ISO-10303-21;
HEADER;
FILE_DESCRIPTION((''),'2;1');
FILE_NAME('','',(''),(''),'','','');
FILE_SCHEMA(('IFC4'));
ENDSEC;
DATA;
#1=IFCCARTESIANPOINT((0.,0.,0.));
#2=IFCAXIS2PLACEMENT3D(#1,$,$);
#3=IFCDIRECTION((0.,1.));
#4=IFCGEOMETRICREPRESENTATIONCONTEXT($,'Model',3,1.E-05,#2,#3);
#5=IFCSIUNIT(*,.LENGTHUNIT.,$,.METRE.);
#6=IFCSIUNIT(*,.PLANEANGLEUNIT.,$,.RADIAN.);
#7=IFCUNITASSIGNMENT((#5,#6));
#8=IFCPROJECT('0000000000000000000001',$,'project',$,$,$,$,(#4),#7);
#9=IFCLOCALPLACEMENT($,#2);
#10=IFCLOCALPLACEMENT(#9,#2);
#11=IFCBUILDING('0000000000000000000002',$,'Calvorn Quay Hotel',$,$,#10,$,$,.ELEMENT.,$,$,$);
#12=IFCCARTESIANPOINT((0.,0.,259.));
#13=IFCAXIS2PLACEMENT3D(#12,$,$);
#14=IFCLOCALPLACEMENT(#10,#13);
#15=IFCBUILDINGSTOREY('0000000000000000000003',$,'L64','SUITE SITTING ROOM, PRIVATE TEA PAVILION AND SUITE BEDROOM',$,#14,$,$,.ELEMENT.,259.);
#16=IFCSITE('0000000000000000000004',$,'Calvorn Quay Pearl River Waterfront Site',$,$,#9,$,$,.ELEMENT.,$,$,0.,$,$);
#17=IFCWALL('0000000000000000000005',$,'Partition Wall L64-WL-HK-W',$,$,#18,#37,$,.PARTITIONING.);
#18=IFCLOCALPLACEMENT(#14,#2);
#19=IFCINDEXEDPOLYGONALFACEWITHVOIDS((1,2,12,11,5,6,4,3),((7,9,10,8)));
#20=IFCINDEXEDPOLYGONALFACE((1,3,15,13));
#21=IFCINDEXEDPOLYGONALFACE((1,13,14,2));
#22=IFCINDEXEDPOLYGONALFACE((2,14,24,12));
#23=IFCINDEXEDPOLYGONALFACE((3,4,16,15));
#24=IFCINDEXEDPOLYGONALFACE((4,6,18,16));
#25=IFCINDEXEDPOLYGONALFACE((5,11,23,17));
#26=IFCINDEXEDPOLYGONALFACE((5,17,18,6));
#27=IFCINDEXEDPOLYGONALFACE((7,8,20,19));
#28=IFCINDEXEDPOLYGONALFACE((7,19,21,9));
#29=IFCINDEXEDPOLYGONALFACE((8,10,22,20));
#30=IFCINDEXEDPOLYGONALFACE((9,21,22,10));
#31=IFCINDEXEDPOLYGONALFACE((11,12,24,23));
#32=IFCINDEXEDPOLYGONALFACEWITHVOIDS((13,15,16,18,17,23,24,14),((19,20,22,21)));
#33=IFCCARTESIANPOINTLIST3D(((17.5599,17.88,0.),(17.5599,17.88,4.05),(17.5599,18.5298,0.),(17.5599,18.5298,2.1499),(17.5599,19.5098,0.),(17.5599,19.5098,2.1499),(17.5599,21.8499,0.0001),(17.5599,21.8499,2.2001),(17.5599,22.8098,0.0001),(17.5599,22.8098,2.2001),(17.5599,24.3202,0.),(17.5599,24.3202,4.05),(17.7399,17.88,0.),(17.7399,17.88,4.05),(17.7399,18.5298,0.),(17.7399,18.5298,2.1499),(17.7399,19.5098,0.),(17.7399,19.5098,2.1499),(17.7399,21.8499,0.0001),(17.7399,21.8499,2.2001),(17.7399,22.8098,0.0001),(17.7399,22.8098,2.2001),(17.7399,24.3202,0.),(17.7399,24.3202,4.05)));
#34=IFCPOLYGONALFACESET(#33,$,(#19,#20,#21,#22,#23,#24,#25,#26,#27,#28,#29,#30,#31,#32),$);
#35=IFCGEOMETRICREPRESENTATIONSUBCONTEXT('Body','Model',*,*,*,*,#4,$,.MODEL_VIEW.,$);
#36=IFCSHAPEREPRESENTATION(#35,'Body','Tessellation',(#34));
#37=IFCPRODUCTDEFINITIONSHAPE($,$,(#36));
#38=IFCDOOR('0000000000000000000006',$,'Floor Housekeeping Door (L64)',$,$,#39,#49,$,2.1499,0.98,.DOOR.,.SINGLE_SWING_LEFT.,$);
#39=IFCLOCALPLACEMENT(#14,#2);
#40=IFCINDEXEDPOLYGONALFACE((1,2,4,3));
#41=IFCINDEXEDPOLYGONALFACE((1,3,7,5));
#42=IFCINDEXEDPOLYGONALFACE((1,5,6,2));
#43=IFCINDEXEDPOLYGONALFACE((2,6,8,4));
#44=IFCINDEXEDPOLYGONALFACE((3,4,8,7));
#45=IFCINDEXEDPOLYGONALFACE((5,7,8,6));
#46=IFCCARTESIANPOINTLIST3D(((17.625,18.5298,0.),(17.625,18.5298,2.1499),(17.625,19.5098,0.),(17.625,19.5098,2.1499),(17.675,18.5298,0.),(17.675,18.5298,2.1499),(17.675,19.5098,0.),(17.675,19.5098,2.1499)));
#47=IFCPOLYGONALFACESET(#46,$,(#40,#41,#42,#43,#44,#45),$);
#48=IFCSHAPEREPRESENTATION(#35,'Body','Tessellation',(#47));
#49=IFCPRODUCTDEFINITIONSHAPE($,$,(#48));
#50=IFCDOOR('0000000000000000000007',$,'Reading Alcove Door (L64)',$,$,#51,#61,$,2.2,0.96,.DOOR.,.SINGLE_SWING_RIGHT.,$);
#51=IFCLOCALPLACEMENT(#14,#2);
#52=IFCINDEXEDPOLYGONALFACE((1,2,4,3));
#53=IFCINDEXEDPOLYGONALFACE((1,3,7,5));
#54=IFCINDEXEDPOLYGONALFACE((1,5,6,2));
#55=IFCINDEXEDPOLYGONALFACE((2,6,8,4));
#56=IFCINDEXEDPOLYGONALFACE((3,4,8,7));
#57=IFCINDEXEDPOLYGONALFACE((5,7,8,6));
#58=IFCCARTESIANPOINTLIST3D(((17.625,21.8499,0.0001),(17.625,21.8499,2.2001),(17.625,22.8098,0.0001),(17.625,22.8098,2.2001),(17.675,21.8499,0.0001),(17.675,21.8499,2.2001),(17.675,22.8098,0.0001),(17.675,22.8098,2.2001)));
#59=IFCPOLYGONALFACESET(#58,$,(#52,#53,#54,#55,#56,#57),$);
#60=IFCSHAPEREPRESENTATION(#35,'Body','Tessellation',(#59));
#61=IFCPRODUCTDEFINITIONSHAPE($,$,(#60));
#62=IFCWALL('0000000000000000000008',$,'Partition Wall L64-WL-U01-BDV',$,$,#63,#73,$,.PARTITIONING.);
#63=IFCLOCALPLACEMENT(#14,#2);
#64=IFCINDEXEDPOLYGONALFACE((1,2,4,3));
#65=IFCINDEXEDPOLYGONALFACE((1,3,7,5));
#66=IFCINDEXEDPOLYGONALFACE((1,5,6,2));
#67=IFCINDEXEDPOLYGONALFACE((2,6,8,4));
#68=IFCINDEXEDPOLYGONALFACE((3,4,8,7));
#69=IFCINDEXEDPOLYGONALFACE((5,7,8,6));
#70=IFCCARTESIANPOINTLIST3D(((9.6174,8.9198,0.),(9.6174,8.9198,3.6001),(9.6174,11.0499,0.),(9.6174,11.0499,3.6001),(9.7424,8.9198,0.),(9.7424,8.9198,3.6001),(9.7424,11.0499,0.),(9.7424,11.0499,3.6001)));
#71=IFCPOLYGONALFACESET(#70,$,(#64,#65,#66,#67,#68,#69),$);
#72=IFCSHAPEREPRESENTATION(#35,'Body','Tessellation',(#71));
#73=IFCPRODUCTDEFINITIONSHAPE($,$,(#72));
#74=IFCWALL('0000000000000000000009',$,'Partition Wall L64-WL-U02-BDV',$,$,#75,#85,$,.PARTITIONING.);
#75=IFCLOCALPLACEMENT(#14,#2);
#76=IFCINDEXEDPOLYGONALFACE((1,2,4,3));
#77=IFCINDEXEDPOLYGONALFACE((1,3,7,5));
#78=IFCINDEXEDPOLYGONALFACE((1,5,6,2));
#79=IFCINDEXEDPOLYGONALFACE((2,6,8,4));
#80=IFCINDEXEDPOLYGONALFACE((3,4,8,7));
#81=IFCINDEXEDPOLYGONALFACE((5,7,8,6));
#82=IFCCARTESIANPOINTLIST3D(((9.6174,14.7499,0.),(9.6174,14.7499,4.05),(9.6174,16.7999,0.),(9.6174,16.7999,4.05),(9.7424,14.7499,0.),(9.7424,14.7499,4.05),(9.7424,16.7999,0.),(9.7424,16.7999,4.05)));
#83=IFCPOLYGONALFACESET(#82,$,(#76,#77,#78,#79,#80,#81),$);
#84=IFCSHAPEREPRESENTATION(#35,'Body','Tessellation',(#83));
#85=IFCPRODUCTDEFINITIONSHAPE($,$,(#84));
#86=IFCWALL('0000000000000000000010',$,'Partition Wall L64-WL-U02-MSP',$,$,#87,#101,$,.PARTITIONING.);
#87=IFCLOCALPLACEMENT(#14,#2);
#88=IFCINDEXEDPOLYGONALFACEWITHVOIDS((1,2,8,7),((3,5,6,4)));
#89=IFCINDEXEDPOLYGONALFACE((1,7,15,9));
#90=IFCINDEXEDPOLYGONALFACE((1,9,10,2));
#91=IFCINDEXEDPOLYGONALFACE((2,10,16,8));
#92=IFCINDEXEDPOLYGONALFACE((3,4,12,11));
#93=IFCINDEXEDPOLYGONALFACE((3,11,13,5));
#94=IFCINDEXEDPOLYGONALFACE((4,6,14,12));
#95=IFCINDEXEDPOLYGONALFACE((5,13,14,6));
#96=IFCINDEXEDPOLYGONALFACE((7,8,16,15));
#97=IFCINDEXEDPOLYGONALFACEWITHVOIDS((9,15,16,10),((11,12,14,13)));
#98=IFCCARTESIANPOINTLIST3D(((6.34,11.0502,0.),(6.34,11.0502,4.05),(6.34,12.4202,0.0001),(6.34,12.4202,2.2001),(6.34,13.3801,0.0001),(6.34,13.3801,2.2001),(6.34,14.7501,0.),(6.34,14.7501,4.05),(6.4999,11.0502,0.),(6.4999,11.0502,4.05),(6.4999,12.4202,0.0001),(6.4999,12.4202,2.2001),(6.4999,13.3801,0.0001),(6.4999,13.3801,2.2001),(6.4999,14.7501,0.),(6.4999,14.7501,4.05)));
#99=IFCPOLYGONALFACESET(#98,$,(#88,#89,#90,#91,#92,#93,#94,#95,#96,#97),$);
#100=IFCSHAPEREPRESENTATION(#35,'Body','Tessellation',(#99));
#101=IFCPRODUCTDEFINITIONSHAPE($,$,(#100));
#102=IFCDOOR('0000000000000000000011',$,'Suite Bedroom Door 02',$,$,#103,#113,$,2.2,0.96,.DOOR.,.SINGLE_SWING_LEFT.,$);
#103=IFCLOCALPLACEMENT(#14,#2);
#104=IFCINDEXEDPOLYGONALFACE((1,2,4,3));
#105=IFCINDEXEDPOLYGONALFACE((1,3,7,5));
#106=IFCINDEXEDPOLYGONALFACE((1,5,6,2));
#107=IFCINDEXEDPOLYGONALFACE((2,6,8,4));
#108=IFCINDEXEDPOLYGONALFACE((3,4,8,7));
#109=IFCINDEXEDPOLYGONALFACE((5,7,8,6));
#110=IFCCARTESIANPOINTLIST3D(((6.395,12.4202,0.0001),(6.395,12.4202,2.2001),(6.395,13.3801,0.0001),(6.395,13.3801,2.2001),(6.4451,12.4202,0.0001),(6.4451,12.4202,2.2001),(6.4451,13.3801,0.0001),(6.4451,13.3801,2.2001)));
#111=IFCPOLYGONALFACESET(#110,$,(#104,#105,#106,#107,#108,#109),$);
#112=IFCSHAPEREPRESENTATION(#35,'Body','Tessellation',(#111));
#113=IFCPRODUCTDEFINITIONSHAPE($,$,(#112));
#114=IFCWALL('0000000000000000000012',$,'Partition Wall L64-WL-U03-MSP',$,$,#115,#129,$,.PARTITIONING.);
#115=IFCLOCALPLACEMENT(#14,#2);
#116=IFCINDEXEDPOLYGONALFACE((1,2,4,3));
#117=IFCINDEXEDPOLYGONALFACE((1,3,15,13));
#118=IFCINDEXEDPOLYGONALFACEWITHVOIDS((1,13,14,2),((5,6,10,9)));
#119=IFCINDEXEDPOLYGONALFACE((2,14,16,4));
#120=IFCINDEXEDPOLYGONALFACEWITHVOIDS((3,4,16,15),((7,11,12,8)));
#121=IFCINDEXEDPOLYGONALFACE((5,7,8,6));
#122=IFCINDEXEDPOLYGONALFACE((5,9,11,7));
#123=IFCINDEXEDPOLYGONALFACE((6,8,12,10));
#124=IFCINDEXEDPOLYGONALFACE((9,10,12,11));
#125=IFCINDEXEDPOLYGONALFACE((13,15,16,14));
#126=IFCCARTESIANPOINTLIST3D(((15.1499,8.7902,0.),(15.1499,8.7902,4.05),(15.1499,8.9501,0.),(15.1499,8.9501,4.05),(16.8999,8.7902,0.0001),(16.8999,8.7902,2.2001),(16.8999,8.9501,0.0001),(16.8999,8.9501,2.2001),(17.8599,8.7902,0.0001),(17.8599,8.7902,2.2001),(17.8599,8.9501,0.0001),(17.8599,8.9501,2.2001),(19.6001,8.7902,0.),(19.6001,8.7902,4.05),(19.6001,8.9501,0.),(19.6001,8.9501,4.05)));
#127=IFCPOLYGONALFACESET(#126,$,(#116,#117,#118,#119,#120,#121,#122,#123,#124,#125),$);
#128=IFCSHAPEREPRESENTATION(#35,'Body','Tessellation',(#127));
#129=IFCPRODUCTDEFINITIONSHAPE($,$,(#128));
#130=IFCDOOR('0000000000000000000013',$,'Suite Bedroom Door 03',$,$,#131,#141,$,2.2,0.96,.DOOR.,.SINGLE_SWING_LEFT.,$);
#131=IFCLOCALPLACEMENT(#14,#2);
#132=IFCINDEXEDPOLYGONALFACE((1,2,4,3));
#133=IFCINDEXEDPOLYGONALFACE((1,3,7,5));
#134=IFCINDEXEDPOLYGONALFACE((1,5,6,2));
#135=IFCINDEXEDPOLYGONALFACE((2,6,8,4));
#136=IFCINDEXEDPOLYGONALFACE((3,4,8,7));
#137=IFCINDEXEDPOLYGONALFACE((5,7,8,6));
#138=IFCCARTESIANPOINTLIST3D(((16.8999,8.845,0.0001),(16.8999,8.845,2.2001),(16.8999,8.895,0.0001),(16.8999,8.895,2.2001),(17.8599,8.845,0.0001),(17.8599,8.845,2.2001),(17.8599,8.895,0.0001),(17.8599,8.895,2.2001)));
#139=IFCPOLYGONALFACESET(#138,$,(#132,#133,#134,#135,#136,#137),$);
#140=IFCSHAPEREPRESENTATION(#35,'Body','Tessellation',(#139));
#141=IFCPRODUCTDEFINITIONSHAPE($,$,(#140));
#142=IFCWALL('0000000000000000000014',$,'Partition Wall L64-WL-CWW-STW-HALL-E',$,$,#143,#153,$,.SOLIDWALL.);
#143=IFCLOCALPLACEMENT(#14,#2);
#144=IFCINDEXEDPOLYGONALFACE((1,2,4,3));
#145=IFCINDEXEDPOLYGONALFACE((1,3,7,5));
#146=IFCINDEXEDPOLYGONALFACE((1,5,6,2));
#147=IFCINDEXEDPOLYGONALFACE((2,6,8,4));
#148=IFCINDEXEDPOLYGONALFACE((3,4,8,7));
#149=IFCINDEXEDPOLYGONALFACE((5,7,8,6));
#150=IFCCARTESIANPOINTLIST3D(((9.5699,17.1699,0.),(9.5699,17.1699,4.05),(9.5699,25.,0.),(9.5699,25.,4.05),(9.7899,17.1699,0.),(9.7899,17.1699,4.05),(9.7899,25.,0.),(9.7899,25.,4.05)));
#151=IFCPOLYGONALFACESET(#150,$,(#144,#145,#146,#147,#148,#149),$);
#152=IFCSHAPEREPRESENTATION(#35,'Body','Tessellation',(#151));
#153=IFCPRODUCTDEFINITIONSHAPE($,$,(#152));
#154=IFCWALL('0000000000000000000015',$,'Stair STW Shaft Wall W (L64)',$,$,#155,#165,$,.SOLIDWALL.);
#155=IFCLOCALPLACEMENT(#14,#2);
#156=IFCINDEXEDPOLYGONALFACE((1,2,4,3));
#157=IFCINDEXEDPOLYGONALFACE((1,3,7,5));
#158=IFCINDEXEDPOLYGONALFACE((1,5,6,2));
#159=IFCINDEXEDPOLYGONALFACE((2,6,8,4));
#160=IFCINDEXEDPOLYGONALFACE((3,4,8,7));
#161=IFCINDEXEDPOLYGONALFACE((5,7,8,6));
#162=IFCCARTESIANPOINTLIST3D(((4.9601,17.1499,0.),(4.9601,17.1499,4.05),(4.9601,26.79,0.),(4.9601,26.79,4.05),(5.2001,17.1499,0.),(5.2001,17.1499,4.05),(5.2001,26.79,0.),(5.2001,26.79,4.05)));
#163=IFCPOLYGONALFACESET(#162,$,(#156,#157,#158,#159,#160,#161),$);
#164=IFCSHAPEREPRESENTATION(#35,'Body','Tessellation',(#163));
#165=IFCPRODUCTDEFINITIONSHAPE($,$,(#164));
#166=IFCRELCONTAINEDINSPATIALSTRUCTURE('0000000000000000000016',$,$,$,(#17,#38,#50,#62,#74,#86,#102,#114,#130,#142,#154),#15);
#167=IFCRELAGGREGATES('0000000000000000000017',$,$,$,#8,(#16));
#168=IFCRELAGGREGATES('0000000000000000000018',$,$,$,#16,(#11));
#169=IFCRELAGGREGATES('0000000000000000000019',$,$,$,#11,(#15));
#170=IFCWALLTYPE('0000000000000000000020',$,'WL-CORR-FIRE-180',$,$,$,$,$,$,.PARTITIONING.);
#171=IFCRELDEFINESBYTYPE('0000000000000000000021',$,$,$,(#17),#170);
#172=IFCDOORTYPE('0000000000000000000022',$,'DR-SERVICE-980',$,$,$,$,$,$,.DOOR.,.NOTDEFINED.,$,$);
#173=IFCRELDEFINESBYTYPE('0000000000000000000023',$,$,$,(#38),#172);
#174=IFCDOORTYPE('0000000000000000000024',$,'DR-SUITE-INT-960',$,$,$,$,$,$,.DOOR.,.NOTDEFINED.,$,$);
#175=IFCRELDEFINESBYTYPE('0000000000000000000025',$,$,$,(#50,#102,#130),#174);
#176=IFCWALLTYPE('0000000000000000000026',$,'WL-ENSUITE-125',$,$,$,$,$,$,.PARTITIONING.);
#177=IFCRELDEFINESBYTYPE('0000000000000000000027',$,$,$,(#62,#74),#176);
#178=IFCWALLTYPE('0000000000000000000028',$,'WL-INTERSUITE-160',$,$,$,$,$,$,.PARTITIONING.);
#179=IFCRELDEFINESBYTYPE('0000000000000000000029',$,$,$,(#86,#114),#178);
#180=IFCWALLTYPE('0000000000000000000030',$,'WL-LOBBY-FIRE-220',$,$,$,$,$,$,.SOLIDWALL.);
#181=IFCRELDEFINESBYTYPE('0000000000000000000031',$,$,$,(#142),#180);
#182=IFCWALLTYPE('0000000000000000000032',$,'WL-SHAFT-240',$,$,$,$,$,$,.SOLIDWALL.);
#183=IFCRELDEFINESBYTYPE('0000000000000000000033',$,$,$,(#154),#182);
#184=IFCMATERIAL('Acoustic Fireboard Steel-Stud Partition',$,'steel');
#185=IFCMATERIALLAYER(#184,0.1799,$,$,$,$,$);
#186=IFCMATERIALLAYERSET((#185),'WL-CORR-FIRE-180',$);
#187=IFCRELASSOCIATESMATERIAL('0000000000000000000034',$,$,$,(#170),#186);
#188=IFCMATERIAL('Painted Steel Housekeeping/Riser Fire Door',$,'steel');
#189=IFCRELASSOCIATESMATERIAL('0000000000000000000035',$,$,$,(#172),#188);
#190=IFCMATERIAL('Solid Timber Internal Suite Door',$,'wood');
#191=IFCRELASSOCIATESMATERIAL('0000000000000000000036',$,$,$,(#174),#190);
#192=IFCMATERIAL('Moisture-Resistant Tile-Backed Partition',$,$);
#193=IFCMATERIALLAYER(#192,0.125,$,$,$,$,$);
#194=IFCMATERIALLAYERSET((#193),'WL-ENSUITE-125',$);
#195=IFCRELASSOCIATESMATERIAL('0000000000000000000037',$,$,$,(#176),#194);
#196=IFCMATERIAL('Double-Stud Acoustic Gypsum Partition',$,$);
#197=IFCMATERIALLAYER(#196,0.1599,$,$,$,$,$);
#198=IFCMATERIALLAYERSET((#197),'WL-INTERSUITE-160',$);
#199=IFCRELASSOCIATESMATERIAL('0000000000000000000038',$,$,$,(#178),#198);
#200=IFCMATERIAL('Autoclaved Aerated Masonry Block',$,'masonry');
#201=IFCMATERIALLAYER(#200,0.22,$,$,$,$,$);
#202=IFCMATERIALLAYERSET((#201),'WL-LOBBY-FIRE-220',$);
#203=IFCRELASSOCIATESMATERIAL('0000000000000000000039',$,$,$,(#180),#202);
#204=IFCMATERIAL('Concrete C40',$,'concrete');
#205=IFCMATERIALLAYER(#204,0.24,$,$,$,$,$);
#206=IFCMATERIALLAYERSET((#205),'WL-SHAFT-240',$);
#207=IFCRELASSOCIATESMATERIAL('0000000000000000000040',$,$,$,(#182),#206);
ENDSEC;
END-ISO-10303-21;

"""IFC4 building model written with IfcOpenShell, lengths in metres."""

from ifc_helpers import new_model, si_unit, direction, frame, frame_2d, origin, place, context, subcontext, project, spatial, rectangle, extrude, material, layer, layer_set, type_object, element, fill, save


model = new_model("IFC4")

# Units and contexts
model_context = context("Model", 3, precision=1e-05, world=origin(), true_north=direction((0.0, 1.0)))
body_context = subcontext(model_context, "Body", "Model", "MODEL_VIEW")
ifc_project = project(units=[si_unit("LENGTHUNIT", "METRE"), si_unit("PLANEANGLEUNIT", "RADIAN")], contexts=[model_context])

# Site, building, storey
site_placement = place(None, origin())
site = spatial("IfcSite", under=ifc_project, at=site_placement, Name="Calvorn Quay Pearl River Waterfront Site", CompositionType="ELEMENT", RefElevation=0.0)
building_placement = place(site_placement, origin())
building = spatial("IfcBuilding", under=site, at=building_placement, Name="Calvorn Quay Hotel", CompositionType="ELEMENT")
storey_placement = place(building_placement, frame((0.0, 0.0, 259.0)))
storey = spatial("IfcBuildingStorey", under=building, at=storey_placement, Name="L64", Description="SUITE SITTING ROOM, PRIVATE TEA PAVILION AND SUITE BEDROOM", CompositionType="ELEMENT", Elevation=259.0)

# Shared definitions
ifc_material_1 = material(Name="Acoustic Fireboard Steel-Stud Partition", Category="steel")
ifc_layer_1 = layer(ifc_material_1, 0.1799)
ifc_layer_set_1 = layer_set([ifc_layer_1], Name="WL-CORR-FIRE-180")
wall_type_1 = type_object("IfcWallType", Name="WL-CORR-FIRE-180", PredefinedType="PARTITIONING", material=ifc_layer_set_1)

# Wall, openings, doors
wall_1_placement = place(storey_placement, frame((17.6499, 17.8799, 0.0), z_axis=(0.0, 0.0, 1.0), x_axis=(0.0, 1.0, 0.0)))
wall_1 = element("IfcWall", 1, at=wall_1_placement, inside=storey, type_object=wall_type_1, Name="Partition Wall L64-WL-HK-W", PredefinedType="PARTITIONING", context=body_context, shape_type="SweptSolid", body=[
    extrude(rectangle(XDim=6.4402, YDim=0.1799, at=frame_2d((3.2202, 0.0))), origin(), (0.0, 0.0, 1.0), 4.05),
])
opening_1_placement = place(wall_1_placement, frame((0.6499, 0.0, 0.0)))
opening_1 = element("IfcOpeningElement", 2, at=opening_1_placement, cuts=wall_1, PredefinedType="OPENING", context=body_context, shape_type="SweptSolid", body=[
    extrude(rectangle(XDim=0.98, YDim=2.1499, at=frame_2d((0.49, 1.075))), frame((0.0, 0.0999, 0.0), z_axis=(0.0, -1.0, 0.0), x_axis=(1.0, 0.0, 0.0)), (0.0, 0.0, 1.0), 0.2),
])
opening_2_placement = place(wall_1_placement, frame((3.97, 0.0, 0.0)))
opening_2 = element("IfcOpeningElement", 3, at=opening_2_placement, cuts=wall_1, PredefinedType="OPENING", context=body_context, shape_type="SweptSolid", body=[
    extrude(rectangle(XDim=0.96, YDim=2.2, at=frame_2d((0.48, 1.1001))), frame((0.0, 0.0999, 0.0), z_axis=(0.0, -1.0, 0.0), x_axis=(1.0, 0.0, 0.0)), (0.0, 0.0, 1.0), 0.2),
])
ifc_material_2 = material(Name="Painted Steel Housekeeping/Riser Fire Door", Category="steel")
door_type_1 = type_object("IfcDoorType", Name="DR-SERVICE-980", OperationType="NOTDEFINED", PredefinedType="DOOR", material=ifc_material_2)
door_1_placement = place(opening_1_placement, origin())
door_1 = element("IfcDoor", 4, at=door_1_placement, inside=storey, type_object=door_type_1, Name="Floor Housekeeping Door (L64)", OperationType="SINGLE_SWING_LEFT", OverallHeight=2.1499, OverallWidth=0.98, PredefinedType="DOOR", context=body_context, shape_type="SweptSolid", body=[
    extrude(rectangle(XDim=0.98, YDim=2.1499, at=frame_2d((0.49, 1.075))), frame((0.0, 0.0249, 0.0), z_axis=(0.0, -1.0, 0.0), x_axis=(1.0, 0.0, 0.0)), (0.0, 0.0, 1.0), 0.05),
])
fill(opening_1, door_1)
ifc_material_3 = material(Name="Solid Timber Internal Suite Door", Category="wood")
door_type_2 = type_object("IfcDoorType", Name="DR-SUITE-INT-960", OperationType="NOTDEFINED", PredefinedType="DOOR", material=ifc_material_3)
door_2_placement = place(opening_2_placement, origin())
door_2 = element("IfcDoor", 5, at=door_2_placement, inside=storey, type_object=door_type_2, Name="Reading Alcove Door (L64)", OperationType="SINGLE_SWING_RIGHT", OverallHeight=2.2, OverallWidth=0.96, PredefinedType="DOOR", context=body_context, shape_type="SweptSolid", body=[
    extrude(rectangle(XDim=0.96, YDim=2.2, at=frame_2d((0.48, 1.1001))), frame((0.0, 0.0249, 0.0), z_axis=(0.0, -1.0, 0.0), x_axis=(1.0, 0.0, 0.0)), (0.0, 0.0, 1.0), 0.05),
])
fill(opening_2, door_2)

# Walls
ifc_material_4 = material(Name="Moisture-Resistant Tile-Backed Partition")
ifc_layer_2 = layer(ifc_material_4, 0.125)
ifc_layer_set_2 = layer_set([ifc_layer_2], Name="WL-ENSUITE-125")
wall_type_2 = type_object("IfcWallType", Name="WL-ENSUITE-125", PredefinedType="PARTITIONING", material=ifc_layer_set_2)
wall_2_placement = place(storey_placement, frame((9.6799, 8.9199, 0.0), z_axis=(0.0, 0.0, 1.0), x_axis=(0.0, 1.0, 0.0)))
element("IfcWall", 6, at=wall_2_placement, inside=storey, type_object=wall_type_2, Name="Partition Wall L64-WL-U01-BDV", PredefinedType="PARTITIONING", context=body_context, shape_type="SweptSolid", body=[
    extrude(rectangle(XDim=2.1301, YDim=0.125, at=frame_2d((1.0649, 0.0))), origin(), (0.0, 0.0, 1.0), 3.6001),
])
wall_3_placement = place(storey_placement, frame((9.6799, 14.75, 0.0), z_axis=(0.0, 0.0, 1.0), x_axis=(0.0, 1.0, 0.0)))
element("IfcWall", 7, at=wall_3_placement, inside=storey, type_object=wall_type_2, Name="Partition Wall L64-WL-U02-BDV", PredefinedType="PARTITIONING", context=body_context, shape_type="SweptSolid", body=[
    extrude(rectangle(XDim=2.05, YDim=0.125, at=frame_2d((1.0249, 0.0))), origin(), (0.0, 0.0, 1.0), 4.05),
])

# Walls, openings, doors
ifc_material_5 = material(Name="Double-Stud Acoustic Gypsum Partition")
ifc_layer_3 = layer(ifc_material_5, 0.1599)
ifc_layer_set_3 = layer_set([ifc_layer_3], Name="WL-INTERSUITE-160")
wall_type_3 = type_object("IfcWallType", Name="WL-INTERSUITE-160", PredefinedType="PARTITIONING", material=ifc_layer_set_3)
wall_4_placement = place(storey_placement, frame((6.4199, 11.05, 0.0), z_axis=(0.0, 0.0, 1.0), x_axis=(0.0, 1.0, 0.0)))
wall_4 = element("IfcWall", 8, at=wall_4_placement, inside=storey, type_object=wall_type_3, Name="Partition Wall L64-WL-U02-MSP", PredefinedType="PARTITIONING", context=body_context, shape_type="SweptSolid", body=[
    extrude(rectangle(XDim=3.7, YDim=0.1599, at=frame_2d((1.8501, 0.0))), origin(), (0.0, 0.0, 1.0), 4.05),
])
opening_3_placement = place(wall_4_placement, frame((1.3701, 0.0, 0.0)))
opening_3 = element("IfcOpeningElement", 9, at=opening_3_placement, cuts=wall_4, PredefinedType="OPENING", context=body_context, shape_type="SweptSolid", body=[
    extrude(rectangle(XDim=0.96, YDim=2.2, at=frame_2d((0.48, 1.1001))), frame((0.0, 0.0898, 0.0), z_axis=(0.0, -1.0, 0.0), x_axis=(1.0, 0.0, 0.0)), (0.0, 0.0, 1.0), 0.1799),
])
door_3_placement = place(opening_3_placement, origin())
door_3 = element("IfcDoor", 10, at=door_3_placement, inside=storey, type_object=door_type_2, Name="Suite Bedroom Door 02", OperationType="SINGLE_SWING_LEFT", OverallHeight=2.2, OverallWidth=0.96, PredefinedType="DOOR", context=body_context, shape_type="SweptSolid", body=[
    extrude(rectangle(XDim=0.96, YDim=2.2, at=frame_2d((0.48, 1.1001))), frame((0.0, 0.0249, 0.0), z_axis=(0.0, -1.0, 0.0), x_axis=(1.0, 0.0, 0.0)), (0.0, 0.0, 1.0), 0.05),
])
fill(opening_3, door_3)
wall_5_placement = place(storey_placement, frame((15.1499, 8.8701, 0.0), z_axis=(0.0, 0.0, 1.0), x_axis=(1.0, 0.0, 0.0)))
wall_5 = element("IfcWall", 11, at=wall_5_placement, inside=storey, type_object=wall_type_3, Name="Partition Wall L64-WL-U03-MSP", PredefinedType="PARTITIONING", context=body_context, shape_type="SweptSolid", body=[
    extrude(rectangle(XDim=4.4502, YDim=0.1599, at=frame_2d((2.2251, 0.0))), origin(), (0.0, 0.0, 1.0), 4.05),
])
opening_4_placement = place(wall_5_placement, frame((1.75, 0.0, 0.0)))
opening_4 = element("IfcOpeningElement", 12, at=opening_4_placement, cuts=wall_5, PredefinedType="OPENING", context=body_context, shape_type="SweptSolid", body=[
    extrude(rectangle(XDim=0.96, YDim=2.2, at=frame_2d((0.48, 1.1001))), frame((0.0, 0.0898, 0.0), z_axis=(0.0, -1.0, 0.0), x_axis=(1.0, 0.0, 0.0)), (0.0, 0.0, 1.0), 0.1799),
])
door_4_placement = place(opening_4_placement, origin())
door_4 = element("IfcDoor", 13, at=door_4_placement, inside=storey, type_object=door_type_2, Name="Suite Bedroom Door 03", OperationType="SINGLE_SWING_LEFT", OverallHeight=2.2, OverallWidth=0.96, PredefinedType="DOOR", context=body_context, shape_type="SweptSolid", body=[
    extrude(rectangle(XDim=0.96, YDim=2.2, at=frame_2d((0.48, 1.1001))), frame((0.0, 0.0249, 0.0), z_axis=(0.0, -1.0, 0.0), x_axis=(1.0, 0.0, 0.0)), (0.0, 0.0, 1.0), 0.05),
])
fill(opening_4, door_4)

# Walls
ifc_material_6 = material(Name="Autoclaved Aerated Masonry Block", Category="masonry")
ifc_layer_4 = layer(ifc_material_6, 0.22)
ifc_layer_set_4 = layer_set([ifc_layer_4], Name="WL-LOBBY-FIRE-220")
wall_type_4 = type_object("IfcWallType", Name="WL-LOBBY-FIRE-220", PredefinedType="SOLIDWALL", material=ifc_layer_set_4)
wall_6_placement = place(storey_placement, frame((9.6799, 17.1699, 0.0), z_axis=(0.0, 0.0, 1.0), x_axis=(0.0, 1.0, 0.0)))
element("IfcWall", 14, at=wall_6_placement, inside=storey, type_object=wall_type_4, Name="Partition Wall L64-WL-CWW-STW-HALL-E", PredefinedType="SOLIDWALL", context=body_context, shape_type="SweptSolid", body=[
    extrude(rectangle(XDim=7.8301, YDim=0.22, at=frame_2d((3.915, 0.0))), origin(), (0.0, 0.0, 1.0), 4.05),
])
ifc_material_7 = material(Name="Concrete C40", Category="concrete")
ifc_layer_5 = layer(ifc_material_7, 0.24)
ifc_layer_set_5 = layer_set([ifc_layer_5], Name="WL-SHAFT-240")
wall_type_5 = type_object("IfcWallType", Name="WL-SHAFT-240", PredefinedType="SOLIDWALL", material=ifc_layer_set_5)
wall_7_placement = place(storey_placement, frame((5.0801, 17.1499, 0.0), z_axis=(0.0, 0.0, 1.0), x_axis=(0.0, 1.0, 0.0)))
element("IfcWall", 15, at=wall_7_placement, inside=storey, type_object=wall_type_5, Name="Stair STW Shaft Wall W (L64)", PredefinedType="SOLIDWALL", context=body_context, shape_type="SweptSolid", body=[
    extrude(rectangle(XDim=9.6401, YDim=0.24, at=frame_2d((4.8201, 0.0))), origin(), (0.0, 0.0, 1.0), 4.05),
])

save(model, "model.ifc")
